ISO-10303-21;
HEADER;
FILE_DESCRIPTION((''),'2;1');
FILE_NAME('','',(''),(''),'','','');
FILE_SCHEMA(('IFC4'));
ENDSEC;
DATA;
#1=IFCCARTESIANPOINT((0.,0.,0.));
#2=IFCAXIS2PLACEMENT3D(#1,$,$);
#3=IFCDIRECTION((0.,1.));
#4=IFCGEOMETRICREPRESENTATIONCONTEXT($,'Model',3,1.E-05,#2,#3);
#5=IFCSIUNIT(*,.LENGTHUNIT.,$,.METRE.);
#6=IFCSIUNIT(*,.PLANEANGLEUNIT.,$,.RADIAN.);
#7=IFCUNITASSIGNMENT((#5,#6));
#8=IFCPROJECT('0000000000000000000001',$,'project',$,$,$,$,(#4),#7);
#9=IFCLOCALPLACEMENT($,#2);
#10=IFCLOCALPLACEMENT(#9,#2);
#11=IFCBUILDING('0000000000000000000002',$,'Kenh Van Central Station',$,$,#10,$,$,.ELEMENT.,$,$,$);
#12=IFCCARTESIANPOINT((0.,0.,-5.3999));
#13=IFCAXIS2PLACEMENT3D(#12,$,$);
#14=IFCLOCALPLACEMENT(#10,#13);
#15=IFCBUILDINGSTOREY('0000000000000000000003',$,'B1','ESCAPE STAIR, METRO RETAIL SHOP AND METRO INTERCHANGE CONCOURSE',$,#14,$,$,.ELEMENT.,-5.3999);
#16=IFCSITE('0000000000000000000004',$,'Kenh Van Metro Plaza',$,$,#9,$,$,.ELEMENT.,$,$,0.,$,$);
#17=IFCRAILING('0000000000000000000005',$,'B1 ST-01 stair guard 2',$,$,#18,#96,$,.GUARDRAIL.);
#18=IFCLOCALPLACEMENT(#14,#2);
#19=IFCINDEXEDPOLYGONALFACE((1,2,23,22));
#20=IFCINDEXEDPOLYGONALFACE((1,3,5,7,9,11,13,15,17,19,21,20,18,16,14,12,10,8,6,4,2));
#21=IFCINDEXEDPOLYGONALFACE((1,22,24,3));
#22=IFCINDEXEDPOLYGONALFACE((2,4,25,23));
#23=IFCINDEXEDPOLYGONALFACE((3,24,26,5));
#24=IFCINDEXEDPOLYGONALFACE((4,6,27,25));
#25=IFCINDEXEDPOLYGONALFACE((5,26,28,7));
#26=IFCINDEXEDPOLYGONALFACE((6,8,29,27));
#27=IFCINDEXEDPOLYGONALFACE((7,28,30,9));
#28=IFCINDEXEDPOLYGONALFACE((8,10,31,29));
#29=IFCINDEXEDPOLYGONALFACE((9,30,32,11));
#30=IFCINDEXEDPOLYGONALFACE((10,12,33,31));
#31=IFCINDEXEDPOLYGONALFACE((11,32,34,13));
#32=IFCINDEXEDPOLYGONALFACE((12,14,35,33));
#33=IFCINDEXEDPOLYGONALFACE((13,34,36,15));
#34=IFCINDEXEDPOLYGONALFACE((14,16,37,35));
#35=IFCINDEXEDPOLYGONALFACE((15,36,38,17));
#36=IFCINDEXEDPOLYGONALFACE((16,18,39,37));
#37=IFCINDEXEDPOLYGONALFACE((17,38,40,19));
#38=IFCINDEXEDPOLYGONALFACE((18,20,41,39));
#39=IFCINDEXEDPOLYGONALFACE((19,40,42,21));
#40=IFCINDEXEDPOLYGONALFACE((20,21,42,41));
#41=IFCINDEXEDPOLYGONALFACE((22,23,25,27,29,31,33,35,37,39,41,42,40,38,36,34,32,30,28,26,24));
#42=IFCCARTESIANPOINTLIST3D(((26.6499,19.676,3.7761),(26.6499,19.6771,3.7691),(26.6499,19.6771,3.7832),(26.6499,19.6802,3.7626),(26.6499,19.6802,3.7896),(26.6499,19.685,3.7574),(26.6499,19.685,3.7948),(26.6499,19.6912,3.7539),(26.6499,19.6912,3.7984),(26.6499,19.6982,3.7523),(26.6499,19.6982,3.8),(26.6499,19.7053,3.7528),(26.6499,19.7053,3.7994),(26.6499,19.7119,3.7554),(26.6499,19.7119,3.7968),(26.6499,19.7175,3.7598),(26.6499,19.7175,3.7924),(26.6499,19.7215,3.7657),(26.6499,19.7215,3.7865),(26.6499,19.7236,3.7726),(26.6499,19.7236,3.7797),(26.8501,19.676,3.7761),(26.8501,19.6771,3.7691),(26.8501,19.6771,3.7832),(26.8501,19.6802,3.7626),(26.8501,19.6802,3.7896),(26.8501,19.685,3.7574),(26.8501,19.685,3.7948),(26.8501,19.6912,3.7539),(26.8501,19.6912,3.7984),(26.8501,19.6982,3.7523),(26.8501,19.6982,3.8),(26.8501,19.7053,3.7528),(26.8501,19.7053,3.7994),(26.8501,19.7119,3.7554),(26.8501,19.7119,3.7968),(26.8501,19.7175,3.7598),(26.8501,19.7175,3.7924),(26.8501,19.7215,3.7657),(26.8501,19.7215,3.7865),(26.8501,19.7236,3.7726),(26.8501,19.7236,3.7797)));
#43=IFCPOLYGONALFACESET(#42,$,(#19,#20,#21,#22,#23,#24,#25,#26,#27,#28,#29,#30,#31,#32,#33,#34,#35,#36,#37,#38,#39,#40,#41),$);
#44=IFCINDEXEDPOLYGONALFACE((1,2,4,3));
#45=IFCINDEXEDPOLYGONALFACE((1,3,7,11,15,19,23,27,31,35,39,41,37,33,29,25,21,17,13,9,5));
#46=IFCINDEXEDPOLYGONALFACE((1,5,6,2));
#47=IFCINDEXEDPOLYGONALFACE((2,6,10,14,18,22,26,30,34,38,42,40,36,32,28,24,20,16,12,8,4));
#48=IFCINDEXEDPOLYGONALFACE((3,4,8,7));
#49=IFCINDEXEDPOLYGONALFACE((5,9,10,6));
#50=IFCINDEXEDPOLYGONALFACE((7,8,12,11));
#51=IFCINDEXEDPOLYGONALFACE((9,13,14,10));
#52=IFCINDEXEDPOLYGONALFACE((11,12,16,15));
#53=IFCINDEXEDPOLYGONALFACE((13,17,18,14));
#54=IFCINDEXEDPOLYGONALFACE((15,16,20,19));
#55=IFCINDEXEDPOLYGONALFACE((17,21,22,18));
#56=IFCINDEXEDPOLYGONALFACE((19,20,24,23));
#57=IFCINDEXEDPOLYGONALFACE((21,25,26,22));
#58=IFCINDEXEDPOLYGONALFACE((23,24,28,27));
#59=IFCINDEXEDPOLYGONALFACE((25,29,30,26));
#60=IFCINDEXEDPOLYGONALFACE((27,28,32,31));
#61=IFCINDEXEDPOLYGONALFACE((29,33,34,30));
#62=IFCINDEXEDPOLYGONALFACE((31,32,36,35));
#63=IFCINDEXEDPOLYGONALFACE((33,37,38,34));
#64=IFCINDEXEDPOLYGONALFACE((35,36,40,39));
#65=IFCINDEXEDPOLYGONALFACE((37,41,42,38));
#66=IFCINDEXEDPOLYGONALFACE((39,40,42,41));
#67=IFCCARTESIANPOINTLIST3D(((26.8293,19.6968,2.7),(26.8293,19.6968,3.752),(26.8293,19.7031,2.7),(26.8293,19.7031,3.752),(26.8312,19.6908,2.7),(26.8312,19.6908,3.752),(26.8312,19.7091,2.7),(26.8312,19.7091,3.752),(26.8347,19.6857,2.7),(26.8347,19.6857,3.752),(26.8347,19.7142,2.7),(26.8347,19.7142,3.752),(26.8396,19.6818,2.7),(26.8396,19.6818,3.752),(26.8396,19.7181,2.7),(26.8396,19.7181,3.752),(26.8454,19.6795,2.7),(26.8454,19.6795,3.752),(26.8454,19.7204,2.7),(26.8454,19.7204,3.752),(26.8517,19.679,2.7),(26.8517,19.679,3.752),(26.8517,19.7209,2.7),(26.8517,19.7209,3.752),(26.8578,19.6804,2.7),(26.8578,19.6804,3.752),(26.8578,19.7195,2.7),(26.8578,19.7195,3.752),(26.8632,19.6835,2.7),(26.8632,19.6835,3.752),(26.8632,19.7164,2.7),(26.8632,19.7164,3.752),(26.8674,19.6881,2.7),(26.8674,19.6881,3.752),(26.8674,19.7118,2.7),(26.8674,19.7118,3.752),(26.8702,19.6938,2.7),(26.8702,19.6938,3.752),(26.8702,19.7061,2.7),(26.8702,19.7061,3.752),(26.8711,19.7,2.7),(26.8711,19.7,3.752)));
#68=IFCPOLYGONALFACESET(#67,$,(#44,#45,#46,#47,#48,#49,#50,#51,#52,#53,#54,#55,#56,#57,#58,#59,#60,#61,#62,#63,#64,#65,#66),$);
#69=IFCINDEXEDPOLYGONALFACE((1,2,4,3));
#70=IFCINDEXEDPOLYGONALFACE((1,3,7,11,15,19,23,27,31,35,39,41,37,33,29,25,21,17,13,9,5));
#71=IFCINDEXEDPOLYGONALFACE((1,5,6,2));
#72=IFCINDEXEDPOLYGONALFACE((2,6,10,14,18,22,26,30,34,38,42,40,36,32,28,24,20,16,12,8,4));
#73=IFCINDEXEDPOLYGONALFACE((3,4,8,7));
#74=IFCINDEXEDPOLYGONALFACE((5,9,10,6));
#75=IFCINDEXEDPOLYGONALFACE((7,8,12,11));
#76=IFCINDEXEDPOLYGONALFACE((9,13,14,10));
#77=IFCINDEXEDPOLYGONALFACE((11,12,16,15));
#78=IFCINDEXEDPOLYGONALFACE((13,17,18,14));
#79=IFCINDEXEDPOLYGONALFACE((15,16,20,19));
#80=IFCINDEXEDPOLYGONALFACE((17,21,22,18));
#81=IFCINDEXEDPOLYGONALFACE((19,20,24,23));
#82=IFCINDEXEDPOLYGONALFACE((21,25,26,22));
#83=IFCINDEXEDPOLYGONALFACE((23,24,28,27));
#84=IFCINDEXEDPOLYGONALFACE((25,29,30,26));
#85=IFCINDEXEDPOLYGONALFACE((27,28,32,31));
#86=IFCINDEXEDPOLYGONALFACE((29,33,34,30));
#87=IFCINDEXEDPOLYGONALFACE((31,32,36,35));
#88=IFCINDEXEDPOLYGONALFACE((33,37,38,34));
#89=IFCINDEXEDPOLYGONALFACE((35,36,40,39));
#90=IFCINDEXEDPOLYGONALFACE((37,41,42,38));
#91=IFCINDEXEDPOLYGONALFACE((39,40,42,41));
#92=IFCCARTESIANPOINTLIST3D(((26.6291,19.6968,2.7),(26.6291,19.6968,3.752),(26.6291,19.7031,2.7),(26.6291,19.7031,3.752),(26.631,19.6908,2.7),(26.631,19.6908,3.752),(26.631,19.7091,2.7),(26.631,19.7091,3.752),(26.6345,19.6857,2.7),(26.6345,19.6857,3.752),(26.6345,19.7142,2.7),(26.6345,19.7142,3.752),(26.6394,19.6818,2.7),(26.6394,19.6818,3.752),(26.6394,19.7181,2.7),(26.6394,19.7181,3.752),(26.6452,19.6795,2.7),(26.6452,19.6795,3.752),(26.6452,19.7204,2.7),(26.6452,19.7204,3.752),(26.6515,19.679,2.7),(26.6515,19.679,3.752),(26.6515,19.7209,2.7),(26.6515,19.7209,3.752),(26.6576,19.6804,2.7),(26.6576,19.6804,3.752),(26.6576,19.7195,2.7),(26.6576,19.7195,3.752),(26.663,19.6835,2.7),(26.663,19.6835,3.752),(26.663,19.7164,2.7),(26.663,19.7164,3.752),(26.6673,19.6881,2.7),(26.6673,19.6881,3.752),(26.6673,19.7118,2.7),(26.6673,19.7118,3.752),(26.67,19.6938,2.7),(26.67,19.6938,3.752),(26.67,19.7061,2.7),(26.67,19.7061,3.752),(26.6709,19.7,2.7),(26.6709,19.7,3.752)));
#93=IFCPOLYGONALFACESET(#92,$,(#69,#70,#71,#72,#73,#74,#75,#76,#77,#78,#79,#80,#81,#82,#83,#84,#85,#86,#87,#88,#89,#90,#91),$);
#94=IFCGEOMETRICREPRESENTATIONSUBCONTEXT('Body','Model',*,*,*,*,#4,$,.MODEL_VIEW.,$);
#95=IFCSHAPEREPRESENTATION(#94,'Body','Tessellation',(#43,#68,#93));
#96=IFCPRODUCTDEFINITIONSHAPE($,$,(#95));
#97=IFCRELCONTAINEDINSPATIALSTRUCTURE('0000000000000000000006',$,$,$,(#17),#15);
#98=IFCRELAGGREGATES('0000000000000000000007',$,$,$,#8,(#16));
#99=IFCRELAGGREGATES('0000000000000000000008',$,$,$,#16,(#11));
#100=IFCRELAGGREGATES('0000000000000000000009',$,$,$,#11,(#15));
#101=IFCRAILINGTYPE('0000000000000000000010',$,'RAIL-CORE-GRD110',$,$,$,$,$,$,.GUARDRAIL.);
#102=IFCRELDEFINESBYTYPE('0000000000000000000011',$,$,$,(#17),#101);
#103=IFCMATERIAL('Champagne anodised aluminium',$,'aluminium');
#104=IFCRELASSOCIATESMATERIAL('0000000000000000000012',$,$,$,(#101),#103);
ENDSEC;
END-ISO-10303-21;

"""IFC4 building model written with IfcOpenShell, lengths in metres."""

from ifc_helpers import new_model, si_unit, direction, frame, origin, origin_2d, place, context, subcontext, project, spatial, circle, extrude, material, type_object, element, save


model = new_model("IFC4")

# Units and contexts
model_context = context("Model", 3, precision=1e-05, world=origin(), true_north=direction((0.0, 1.0)))
body_context = subcontext(model_context, "Body", "Model", "MODEL_VIEW")
ifc_project = project(units=[si_unit("LENGTHUNIT", "METRE"), si_unit("PLANEANGLEUNIT", "RADIAN")], contexts=[model_context])

# Site, building, storey
site_placement = place(None, origin())
site = spatial("IfcSite", under=ifc_project, at=site_placement, Name="Kenh Van Metro Plaza", CompositionType="ELEMENT", RefElevation=0.0)
building_placement = place(site_placement, origin())
building = spatial("IfcBuilding", under=site, at=building_placement, Name="Kenh Van Central Station", CompositionType="ELEMENT")
storey_placement = place(building_placement, frame((0.0, 0.0, -5.3999)))
storey = spatial("IfcBuildingStorey", under=building, at=storey_placement, Name="B1", Description="ESCAPE STAIR, METRO RETAIL SHOP AND METRO INTERCHANGE CONCOURSE", CompositionType="ELEMENT", Elevation=-5.3999)

# Shared definitions
ifc_material_1 = material(Name="Champagne anodised aluminium", Category="aluminium")

# Railing
railing_type_1 = type_object("IfcRailingType", Name="RAIL-CORE-GRD110", PredefinedType="GUARDRAIL", material=ifc_material_1)
railing_1_placement = place(storey_placement, frame((26.8501, 19.7, 2.7)))
element("IfcRailing", 1, at=railing_1_placement, inside=storey, type_object=railing_type_1, Name="B1 ST-01 stair guard 2", PredefinedType="GUARDRAIL", context=body_context, shape_type="SweptSolid", body=[
    extrude(circle(Radius=0.0239, at=origin_2d()), frame((0.0, 0.0, 1.0762), z_axis=(-1.0, 0.0, 0.0), x_axis=(0.0, -1.0, 0.0)), (0.0, 0.0, 1.0), 0.2002),
    extrude(circle(Radius=0.021, at=origin_2d()), origin(), (0.0, 0.0, 1.0), 1.052),
    extrude(circle(Radius=0.021, at=origin_2d()), frame((-0.2002, 0.0, 0.0)), (0.0, 0.0, 1.0), 1.052),
])

save(model, "model.ifc")
